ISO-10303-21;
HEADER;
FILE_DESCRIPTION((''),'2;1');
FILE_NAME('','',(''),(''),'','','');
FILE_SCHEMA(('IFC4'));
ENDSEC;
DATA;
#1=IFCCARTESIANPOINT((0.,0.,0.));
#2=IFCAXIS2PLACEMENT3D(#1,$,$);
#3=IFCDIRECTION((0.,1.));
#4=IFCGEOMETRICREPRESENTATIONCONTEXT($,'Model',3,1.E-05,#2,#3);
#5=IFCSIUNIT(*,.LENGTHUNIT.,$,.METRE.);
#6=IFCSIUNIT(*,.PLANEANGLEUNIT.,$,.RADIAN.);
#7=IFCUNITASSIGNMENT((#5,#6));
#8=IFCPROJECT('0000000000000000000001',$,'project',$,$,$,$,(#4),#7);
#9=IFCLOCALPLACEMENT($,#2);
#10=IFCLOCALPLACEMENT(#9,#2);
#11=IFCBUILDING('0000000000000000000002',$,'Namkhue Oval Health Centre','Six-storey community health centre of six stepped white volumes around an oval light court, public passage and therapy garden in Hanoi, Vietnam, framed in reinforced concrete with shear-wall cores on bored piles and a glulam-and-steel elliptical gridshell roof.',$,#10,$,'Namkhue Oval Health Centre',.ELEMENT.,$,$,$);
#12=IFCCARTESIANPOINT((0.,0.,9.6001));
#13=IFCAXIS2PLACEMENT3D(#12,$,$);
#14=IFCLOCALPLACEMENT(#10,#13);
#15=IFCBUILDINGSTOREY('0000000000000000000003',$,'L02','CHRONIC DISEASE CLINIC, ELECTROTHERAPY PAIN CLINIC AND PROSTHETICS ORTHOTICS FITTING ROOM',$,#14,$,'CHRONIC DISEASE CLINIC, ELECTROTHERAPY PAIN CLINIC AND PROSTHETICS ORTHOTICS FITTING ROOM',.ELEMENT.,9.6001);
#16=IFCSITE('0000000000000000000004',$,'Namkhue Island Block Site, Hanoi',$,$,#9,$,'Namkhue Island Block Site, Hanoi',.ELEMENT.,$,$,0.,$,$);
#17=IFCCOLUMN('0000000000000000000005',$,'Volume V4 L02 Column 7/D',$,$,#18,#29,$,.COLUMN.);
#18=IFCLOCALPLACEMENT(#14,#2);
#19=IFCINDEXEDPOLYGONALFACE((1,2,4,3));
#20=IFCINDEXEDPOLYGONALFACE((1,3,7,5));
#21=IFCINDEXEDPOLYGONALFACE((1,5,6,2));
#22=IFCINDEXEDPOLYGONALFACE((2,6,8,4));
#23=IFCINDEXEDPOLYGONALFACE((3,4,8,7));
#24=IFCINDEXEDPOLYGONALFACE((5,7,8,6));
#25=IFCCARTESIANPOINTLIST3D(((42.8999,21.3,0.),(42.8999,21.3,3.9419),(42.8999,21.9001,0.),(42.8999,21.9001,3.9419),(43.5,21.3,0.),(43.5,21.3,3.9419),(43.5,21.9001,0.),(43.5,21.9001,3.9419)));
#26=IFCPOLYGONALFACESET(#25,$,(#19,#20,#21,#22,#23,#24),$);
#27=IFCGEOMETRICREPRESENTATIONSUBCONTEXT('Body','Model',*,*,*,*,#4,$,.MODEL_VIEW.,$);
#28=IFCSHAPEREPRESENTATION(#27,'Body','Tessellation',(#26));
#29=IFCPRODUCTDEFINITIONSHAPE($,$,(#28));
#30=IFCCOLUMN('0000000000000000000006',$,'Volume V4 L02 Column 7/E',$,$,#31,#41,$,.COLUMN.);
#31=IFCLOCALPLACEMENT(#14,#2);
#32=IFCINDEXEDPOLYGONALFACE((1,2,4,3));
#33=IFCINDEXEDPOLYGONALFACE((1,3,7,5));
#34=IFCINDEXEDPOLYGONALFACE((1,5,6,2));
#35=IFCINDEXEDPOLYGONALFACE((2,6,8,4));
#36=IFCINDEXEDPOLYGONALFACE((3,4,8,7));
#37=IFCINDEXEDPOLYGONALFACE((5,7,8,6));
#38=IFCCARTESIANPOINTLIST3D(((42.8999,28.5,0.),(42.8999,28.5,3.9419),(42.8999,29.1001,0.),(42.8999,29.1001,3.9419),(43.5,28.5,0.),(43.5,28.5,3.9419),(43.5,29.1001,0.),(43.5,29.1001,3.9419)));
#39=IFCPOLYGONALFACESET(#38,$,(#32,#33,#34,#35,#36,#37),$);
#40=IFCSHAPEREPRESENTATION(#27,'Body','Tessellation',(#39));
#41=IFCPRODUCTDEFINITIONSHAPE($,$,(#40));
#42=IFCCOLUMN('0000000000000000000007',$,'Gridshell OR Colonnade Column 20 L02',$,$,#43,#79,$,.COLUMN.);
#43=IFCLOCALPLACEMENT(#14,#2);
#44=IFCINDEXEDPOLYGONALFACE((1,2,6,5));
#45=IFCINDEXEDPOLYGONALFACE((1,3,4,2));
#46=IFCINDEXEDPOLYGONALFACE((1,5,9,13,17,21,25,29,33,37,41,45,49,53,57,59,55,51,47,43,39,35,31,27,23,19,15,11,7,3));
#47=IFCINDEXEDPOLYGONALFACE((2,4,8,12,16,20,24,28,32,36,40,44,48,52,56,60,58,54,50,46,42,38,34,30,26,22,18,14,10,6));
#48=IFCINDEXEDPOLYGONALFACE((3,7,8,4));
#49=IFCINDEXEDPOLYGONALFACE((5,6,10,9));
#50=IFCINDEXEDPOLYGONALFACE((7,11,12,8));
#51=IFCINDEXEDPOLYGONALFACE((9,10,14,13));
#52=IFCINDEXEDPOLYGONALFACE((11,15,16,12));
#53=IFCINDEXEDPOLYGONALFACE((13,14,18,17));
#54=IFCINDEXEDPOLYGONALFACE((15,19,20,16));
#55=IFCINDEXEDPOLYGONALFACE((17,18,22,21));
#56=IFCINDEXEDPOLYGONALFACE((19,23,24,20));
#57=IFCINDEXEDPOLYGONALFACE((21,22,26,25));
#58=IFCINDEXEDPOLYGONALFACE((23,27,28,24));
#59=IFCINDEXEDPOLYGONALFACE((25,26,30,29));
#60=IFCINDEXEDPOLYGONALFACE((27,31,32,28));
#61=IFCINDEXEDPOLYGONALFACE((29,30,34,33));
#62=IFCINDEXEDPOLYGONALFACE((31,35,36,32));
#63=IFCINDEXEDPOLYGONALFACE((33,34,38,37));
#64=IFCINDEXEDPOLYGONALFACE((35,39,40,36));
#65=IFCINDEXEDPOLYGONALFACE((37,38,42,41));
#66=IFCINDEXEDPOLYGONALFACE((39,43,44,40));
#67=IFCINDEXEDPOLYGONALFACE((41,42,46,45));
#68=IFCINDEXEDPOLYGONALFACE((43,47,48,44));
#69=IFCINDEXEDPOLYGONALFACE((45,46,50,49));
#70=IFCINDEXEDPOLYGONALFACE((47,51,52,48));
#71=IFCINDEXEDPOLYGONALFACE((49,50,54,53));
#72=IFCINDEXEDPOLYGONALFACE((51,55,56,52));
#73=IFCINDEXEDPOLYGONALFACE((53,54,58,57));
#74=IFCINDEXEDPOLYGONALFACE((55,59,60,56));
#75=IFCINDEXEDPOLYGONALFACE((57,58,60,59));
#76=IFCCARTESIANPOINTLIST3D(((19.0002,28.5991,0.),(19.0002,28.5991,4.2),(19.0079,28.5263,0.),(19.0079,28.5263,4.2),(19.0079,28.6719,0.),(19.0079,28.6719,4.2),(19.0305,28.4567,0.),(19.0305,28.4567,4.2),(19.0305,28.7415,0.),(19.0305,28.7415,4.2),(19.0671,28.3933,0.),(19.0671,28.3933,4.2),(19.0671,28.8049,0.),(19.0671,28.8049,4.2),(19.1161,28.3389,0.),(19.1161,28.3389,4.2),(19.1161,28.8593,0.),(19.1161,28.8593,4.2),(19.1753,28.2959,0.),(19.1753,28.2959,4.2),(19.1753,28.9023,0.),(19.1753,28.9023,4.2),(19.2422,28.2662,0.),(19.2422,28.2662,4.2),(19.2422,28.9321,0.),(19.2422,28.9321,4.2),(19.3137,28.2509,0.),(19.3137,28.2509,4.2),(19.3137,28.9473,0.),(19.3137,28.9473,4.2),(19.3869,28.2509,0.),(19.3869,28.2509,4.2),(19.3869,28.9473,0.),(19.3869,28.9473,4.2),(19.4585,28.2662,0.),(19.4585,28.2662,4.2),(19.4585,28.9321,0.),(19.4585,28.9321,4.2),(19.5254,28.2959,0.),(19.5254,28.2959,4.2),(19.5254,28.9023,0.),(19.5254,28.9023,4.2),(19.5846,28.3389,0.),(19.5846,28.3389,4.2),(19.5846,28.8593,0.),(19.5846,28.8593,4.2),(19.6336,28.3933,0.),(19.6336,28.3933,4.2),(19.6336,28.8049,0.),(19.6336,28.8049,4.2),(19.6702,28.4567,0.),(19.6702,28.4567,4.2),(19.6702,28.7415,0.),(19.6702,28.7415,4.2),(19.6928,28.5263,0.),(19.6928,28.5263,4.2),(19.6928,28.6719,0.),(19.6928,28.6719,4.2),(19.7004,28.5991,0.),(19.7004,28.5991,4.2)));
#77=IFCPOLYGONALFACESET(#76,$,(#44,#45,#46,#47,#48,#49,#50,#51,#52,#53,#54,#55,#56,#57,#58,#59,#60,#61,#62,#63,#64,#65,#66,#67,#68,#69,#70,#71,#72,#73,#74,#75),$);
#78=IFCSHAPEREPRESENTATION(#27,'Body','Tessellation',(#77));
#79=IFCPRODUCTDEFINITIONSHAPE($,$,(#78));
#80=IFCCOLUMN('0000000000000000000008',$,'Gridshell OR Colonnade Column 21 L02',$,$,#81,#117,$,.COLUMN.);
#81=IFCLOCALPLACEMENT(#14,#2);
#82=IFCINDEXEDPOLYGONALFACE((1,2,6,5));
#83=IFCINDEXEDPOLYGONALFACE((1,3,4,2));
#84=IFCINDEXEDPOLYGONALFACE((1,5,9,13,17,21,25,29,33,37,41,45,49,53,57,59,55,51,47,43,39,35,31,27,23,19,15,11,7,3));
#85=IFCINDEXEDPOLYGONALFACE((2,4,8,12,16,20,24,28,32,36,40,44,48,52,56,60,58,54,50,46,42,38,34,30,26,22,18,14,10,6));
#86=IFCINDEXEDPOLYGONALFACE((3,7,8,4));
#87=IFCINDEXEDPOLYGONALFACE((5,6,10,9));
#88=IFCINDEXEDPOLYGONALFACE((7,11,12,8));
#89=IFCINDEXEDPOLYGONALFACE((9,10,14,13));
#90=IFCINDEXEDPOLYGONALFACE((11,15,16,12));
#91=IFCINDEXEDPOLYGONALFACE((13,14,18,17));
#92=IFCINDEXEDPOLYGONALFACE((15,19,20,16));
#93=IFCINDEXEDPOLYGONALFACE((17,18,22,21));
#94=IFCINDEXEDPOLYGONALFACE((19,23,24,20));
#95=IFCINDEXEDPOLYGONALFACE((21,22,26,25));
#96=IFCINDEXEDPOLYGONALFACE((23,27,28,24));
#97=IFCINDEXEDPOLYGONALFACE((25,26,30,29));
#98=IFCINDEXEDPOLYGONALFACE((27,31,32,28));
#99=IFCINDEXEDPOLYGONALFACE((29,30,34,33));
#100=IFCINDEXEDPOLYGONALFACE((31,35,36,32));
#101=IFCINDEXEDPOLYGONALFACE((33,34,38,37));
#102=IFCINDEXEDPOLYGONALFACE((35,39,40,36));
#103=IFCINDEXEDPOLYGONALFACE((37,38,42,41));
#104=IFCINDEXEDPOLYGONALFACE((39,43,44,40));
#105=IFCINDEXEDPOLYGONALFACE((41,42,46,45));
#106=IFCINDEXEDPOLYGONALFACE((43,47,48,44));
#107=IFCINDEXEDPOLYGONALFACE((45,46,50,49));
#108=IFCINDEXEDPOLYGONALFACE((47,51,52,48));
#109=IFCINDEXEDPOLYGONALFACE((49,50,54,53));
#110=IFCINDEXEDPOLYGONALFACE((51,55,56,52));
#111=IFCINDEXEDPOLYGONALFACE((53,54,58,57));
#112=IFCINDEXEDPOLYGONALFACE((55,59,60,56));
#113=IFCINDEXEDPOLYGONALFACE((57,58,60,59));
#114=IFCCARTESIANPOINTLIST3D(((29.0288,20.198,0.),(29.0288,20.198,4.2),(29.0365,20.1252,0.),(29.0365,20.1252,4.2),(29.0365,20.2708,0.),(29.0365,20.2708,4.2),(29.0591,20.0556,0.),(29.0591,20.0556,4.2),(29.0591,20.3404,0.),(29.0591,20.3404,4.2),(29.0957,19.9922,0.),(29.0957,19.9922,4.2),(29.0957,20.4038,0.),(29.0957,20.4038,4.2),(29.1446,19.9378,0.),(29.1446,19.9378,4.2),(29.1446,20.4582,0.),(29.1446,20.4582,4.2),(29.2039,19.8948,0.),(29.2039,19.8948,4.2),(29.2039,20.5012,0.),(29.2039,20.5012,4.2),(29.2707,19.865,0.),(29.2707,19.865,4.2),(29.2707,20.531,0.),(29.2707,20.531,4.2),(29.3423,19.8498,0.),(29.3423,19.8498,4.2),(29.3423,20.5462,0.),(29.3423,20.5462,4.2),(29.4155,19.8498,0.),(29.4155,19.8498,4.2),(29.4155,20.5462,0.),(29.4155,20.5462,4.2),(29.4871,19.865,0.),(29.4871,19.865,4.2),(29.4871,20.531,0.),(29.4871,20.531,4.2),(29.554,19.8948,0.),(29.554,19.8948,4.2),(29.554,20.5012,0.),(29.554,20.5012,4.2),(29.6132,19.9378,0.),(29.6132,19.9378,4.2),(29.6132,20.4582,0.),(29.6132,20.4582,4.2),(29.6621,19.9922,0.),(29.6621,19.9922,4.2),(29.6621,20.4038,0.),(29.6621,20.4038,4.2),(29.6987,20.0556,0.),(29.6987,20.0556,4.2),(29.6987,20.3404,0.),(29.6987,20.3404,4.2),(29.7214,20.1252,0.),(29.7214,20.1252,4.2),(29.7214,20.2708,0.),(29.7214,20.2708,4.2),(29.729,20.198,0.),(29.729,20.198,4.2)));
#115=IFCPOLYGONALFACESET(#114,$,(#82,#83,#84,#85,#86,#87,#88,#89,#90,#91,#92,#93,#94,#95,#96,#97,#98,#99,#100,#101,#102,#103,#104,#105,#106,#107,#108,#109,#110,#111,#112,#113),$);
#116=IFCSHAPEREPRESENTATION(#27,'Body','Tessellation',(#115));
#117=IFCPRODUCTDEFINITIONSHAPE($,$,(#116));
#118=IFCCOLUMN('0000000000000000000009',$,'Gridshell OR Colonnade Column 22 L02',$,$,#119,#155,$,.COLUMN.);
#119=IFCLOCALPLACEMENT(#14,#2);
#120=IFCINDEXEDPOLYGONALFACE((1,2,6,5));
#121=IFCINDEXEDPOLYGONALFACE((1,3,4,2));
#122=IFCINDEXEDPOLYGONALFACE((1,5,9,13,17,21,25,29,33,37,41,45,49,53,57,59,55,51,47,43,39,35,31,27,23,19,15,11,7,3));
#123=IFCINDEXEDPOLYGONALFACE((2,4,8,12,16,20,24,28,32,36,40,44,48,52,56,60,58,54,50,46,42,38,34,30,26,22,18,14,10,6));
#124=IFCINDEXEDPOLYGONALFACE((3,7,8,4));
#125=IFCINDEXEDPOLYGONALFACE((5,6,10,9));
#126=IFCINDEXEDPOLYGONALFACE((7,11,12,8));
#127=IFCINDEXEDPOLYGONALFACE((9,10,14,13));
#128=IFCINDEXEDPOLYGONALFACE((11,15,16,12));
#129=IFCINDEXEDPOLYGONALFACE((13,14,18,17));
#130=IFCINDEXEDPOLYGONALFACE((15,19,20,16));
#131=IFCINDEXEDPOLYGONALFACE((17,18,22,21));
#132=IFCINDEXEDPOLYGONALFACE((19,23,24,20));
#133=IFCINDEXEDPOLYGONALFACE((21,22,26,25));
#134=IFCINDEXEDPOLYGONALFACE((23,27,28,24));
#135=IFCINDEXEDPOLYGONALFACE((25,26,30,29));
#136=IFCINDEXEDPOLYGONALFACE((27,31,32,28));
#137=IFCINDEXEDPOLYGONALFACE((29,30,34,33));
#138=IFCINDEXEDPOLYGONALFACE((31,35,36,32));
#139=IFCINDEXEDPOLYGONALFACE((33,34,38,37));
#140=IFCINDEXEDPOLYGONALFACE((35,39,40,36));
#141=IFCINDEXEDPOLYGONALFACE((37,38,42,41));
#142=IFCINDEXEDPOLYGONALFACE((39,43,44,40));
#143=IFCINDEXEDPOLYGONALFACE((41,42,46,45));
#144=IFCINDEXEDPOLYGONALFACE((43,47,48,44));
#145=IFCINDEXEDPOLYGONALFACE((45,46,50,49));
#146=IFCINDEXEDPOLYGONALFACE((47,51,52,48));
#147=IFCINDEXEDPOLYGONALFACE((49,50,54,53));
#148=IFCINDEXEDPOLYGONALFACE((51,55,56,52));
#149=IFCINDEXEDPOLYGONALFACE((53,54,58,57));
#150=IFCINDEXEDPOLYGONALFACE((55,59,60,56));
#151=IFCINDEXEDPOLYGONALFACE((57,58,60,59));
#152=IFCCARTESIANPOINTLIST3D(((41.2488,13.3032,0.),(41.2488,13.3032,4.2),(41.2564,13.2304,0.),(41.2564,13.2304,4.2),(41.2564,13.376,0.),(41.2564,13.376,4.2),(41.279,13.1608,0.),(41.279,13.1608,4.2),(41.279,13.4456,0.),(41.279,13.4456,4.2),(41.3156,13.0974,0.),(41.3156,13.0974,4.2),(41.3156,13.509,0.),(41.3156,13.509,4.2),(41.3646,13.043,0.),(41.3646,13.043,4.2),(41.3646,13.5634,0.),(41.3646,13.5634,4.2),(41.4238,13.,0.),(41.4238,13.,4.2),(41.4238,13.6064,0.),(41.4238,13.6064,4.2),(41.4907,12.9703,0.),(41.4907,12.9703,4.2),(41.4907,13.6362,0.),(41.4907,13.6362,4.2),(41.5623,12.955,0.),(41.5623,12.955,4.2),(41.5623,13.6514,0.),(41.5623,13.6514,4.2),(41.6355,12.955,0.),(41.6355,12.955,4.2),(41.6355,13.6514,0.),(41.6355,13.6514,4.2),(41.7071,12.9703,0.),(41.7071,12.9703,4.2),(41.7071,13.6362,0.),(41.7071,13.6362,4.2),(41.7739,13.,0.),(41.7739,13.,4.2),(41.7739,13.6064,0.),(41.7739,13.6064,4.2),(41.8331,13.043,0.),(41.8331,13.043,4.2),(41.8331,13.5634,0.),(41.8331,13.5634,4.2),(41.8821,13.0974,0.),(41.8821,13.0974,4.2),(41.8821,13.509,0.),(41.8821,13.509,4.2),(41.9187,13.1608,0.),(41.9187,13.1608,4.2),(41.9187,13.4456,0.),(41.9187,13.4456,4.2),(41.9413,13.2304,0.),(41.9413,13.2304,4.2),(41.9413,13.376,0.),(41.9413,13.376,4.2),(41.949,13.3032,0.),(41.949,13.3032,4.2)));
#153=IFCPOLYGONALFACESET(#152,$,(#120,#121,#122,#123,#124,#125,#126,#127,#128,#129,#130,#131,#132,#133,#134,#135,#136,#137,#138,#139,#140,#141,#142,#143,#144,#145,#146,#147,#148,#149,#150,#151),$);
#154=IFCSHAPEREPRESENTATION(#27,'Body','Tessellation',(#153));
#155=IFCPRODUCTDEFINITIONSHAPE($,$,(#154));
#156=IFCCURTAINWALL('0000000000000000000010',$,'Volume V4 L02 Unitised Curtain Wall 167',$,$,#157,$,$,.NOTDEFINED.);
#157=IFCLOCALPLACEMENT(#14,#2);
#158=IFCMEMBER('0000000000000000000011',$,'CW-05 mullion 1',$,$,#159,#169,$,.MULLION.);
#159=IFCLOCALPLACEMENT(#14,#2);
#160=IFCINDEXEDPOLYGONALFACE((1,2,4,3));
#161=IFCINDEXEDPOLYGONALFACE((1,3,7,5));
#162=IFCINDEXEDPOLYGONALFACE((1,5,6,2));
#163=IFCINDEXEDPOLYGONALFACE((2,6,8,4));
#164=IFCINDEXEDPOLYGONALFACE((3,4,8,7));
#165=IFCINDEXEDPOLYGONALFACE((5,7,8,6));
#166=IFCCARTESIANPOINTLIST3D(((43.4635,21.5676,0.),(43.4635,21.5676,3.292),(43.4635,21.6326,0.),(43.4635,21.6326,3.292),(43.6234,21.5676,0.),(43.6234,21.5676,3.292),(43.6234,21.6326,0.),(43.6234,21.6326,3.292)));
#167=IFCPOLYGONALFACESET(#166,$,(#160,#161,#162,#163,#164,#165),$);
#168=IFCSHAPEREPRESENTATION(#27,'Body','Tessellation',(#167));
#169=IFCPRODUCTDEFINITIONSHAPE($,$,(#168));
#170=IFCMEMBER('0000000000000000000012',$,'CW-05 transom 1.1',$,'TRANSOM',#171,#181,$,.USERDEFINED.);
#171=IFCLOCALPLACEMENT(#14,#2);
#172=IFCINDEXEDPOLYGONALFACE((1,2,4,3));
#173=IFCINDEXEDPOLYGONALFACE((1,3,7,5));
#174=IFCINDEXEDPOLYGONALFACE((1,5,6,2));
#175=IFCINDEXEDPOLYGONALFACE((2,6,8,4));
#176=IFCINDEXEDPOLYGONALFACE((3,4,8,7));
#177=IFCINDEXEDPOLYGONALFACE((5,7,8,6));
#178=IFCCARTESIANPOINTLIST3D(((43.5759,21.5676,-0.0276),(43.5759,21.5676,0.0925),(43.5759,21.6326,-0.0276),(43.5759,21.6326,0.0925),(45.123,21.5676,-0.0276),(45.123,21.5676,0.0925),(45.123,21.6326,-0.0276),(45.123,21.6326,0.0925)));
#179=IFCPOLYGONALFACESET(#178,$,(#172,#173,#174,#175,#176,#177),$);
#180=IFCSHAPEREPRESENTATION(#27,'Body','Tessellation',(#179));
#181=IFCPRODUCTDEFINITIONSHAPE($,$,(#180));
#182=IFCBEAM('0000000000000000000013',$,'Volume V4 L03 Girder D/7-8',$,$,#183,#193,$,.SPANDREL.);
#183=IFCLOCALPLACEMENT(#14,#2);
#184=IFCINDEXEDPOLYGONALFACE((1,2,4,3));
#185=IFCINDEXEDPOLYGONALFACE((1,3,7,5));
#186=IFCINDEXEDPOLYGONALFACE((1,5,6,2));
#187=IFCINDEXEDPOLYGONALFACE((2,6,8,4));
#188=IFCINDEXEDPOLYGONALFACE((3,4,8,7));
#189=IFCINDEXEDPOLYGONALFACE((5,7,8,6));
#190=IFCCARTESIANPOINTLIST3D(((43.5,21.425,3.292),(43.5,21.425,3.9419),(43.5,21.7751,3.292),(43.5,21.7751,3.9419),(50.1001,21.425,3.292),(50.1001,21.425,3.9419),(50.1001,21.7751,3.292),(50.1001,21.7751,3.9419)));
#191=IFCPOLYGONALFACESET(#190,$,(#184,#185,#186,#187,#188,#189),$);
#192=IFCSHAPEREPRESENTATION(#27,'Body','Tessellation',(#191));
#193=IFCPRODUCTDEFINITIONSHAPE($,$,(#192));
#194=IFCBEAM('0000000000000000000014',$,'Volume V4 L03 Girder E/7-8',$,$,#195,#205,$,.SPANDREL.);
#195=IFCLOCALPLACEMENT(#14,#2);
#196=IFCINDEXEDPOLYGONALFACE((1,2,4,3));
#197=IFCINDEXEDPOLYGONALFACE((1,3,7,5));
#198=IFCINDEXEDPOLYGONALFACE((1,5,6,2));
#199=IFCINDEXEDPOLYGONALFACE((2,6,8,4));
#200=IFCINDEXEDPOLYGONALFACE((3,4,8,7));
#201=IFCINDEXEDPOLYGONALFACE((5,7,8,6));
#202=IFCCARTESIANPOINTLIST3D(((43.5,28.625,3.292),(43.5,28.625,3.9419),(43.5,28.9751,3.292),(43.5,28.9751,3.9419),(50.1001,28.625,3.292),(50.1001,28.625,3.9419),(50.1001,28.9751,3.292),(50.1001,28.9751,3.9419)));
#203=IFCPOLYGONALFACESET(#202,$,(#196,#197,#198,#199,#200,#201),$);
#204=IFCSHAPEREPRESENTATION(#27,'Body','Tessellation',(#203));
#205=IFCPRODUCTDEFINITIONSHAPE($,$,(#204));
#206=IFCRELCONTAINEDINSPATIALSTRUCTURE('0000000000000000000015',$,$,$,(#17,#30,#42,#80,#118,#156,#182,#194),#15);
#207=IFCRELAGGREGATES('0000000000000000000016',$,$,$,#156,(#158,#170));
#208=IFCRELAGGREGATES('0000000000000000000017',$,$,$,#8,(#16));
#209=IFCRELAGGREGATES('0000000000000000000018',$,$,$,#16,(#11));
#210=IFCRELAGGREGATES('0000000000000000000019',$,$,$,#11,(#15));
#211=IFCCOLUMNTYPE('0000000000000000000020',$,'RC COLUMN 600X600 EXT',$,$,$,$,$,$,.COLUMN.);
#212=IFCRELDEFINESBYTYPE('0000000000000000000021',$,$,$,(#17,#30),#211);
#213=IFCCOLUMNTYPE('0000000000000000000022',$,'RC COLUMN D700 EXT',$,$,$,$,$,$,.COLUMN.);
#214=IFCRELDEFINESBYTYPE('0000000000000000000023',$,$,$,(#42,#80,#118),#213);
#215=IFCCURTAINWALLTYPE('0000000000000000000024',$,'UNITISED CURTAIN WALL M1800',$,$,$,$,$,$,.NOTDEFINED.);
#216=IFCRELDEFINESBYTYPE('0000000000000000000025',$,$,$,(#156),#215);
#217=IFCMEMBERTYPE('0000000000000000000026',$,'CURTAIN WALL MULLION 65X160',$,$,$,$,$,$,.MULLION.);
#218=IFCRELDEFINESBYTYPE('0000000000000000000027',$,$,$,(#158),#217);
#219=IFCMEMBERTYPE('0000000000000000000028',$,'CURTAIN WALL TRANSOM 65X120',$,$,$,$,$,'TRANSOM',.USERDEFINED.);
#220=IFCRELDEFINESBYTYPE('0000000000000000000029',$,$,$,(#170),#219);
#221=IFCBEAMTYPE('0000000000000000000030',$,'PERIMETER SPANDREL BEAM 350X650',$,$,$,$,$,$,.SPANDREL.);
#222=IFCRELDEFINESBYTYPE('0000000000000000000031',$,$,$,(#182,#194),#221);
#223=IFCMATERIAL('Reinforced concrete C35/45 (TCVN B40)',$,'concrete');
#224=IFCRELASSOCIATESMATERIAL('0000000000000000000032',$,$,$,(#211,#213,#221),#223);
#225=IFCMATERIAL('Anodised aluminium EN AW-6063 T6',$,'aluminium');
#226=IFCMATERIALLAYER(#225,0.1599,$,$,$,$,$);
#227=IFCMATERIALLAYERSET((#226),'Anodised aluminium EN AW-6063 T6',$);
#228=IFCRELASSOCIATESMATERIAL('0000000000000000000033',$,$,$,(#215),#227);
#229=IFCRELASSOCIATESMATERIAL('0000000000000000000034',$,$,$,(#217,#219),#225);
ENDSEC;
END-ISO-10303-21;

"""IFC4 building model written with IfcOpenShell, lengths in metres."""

from ifc_helpers import new_model, si_unit, direction, frame, origin, origin_2d, place, context, subcontext, project, spatial, rectangle, circle, extrude, material, layer, layer_set, material_profile, profile_set, type_object, element, aggregate, save


model = new_model("IFC4")

# Units and contexts
model_context = context("Model", 3, precision=1e-05, world=origin(), true_north=direction((0.0, 1.0)))
body_context = subcontext(model_context, "Body", "Model", "MODEL_VIEW")
ifc_project = project(units=[si_unit("LENGTHUNIT", "METRE"), si_unit("PLANEANGLEUNIT", "RADIAN")], contexts=[model_context])

# Site, building, storey
site_placement = place(None, origin())
site = spatial("IfcSite", under=ifc_project, at=site_placement, Name="Namkhue Island Block Site, Hanoi", LongName="Namkhue Island Block Site, Hanoi", CompositionType="ELEMENT", RefElevation=0.0)
building_placement = place(site_placement, origin())
building = spatial("IfcBuilding", under=site, at=building_placement, Name="Namkhue Oval Health Centre", Description="Six-storey community health centre of six stepped white volumes around an oval light court, public passage and therapy garden in Hanoi, Vietnam, framed in reinforced concrete with shear-wall cores on bored piles and a glulam-and-steel elliptical gridshell roof.", LongName="Namkhue Oval Health Centre", CompositionType="ELEMENT")
storey_placement = place(building_placement, frame((0.0, 0.0, 9.6001)))
storey = spatial("IfcBuildingStorey", under=building, at=storey_placement, Name="L02", Description="CHRONIC DISEASE CLINIC, ELECTROTHERAPY PAIN CLINIC AND PROSTHETICS ORTHOTICS FITTING ROOM", LongName="CHRONIC DISEASE CLINIC, ELECTROTHERAPY PAIN CLINIC AND PROSTHETICS ORTHOTICS FITTING ROOM", CompositionType="ELEMENT", Elevation=9.6001)

# Columns
ifc_material_1 = material(Name="Reinforced concrete C35/45 (TCVN B40)", Category="concrete")
ifc_material_profile_1 = material_profile(ifc_material_1, rectangle(XDim=0.6001, YDim=0.6001, at=origin_2d()), Name="RC 600x600")
ifc_profile_set_1 = profile_set([ifc_material_profile_1], Name="Reinforced concrete C35/45 (TCVN B40)")
column_type_1 = type_object("IfcColumnType", Name="RC COLUMN 600X600 EXT", PredefinedType="COLUMN", material=ifc_profile_set_1)
for number, where, z_axis, x_axis, name in (
    (1, (43.2, 21.6001, 0.0), (0.0, 0.0, 1.0), (1.0, 0.0, 0.0), "Volume V4 L02 Column 7/D"),
    (2, (43.2, 28.8, 0.0), (0.0, 0.0, 1.0), (1.0, 0.0, 0.0), "Volume V4 L02 Column 7/E"),
):
    element("IfcColumn", number, at=place(storey_placement, frame(where, z_axis=z_axis, x_axis=x_axis)), inside=storey, type_object=column_type_1, Name=name, PredefinedType="COLUMN", context=body_context, shape_type="SweptSolid", body=[
        extrude(rectangle(XDim=0.6001, YDim=0.6001, at=origin_2d()), origin(), (0.0, 0.0, 1.0), 3.9419),
    ])
ifc_material_profile_2 = material_profile(ifc_material_1, circle(Radius=0.3501, at=origin_2d()), Name="RC D700")
ifc_profile_set_2 = profile_set([ifc_material_profile_2], Name="Reinforced concrete C35/45 (TCVN B40)")
column_type_2 = type_object("IfcColumnType", Name="RC COLUMN D700 EXT", PredefinedType="COLUMN", material=ifc_profile_set_2)
for number, where, z_axis, x_axis, name in (
    (3, (19.3503, 28.5991, 0.0), (0.0, 0.0, 1.0), (1.0, 0.0, 0.0), "Gridshell OR Colonnade Column 20 L02"),
    (4, (29.3789, 20.198, 0.0), (0.0, 0.0, 1.0), (1.0, 0.0, 0.0), "Gridshell OR Colonnade Column 21 L02"),
    (5, (41.5989, 13.3032, 0.0), (0.0, 0.0, 1.0), (1.0, 0.0, 0.0), "Gridshell OR Colonnade Column 22 L02"),
):
    element("IfcColumn", number, at=place(storey_placement, frame(where, z_axis=z_axis, x_axis=x_axis)), inside=storey, type_object=column_type_2, Name=name, PredefinedType="COLUMN", context=body_context, shape_type="SweptSolid", body=[
        extrude(circle(Radius=0.3501, at=origin_2d()), origin(), (0.0, 0.0, 1.0), 4.2),
    ])

# Curtain wall, members
ifc_material_2 = material(Name="Anodised aluminium EN AW-6063 T6", Category="aluminium")
ifc_layer_1 = layer(ifc_material_2, 0.1599)
ifc_layer_set_1 = layer_set([ifc_layer_1], Name="Anodised aluminium EN AW-6063 T6")
curtain_wall_type = type_object("IfcCurtainWallType", Name="UNITISED CURTAIN WALL M1800", PredefinedType="NOTDEFINED", material=ifc_layer_set_1)
curtain_wall_placement = place(storey_placement, origin())
curtain_wall = element("IfcCurtainWall", 6, at=curtain_wall_placement, inside=storey, type_object=curtain_wall_type, Name="Volume V4 L02 Unitised Curtain Wall 167", PredefinedType="NOTDEFINED")
ifc_material_profile_3 = material_profile(ifc_material_2, rectangle(XDim=0.0649, YDim=0.1599, at=origin_2d()), Name="ALU 65x160")
ifc_profile_set_3 = profile_set([ifc_material_profile_3], Name="Anodised aluminium EN AW-6063 T6")
member_type_1 = type_object("IfcMemberType", Name="CURTAIN WALL MULLION 65X160", PredefinedType="MULLION", material=ifc_profile_set_3)
member_1_placement = place(storey_placement, frame((43.5435, 21.6001, 0.0), z_axis=(0.0, 0.0, 1.0), x_axis=(0.0, 1.0, 0.0)))
member_1 = element("IfcMember", 7, at=member_1_placement, type_object=member_type_1, Name="CW-05 mullion 1", PredefinedType="MULLION", context=body_context, shape_type="SweptSolid", body=[
    extrude(rectangle(XDim=0.0649, YDim=0.1599, at=origin_2d()), origin(), (0.0, 0.0, 1.0), 3.292),
])
ifc_material_profile_4 = material_profile(ifc_material_2, rectangle(XDim=0.0649, YDim=0.1201, at=origin_2d()), Name="ALU 65x120")
ifc_profile_set_4 = profile_set([ifc_material_profile_4], Name="Anodised aluminium EN AW-6063 T6")
member_type_2 = type_object("IfcMemberType", Name="CURTAIN WALL TRANSOM 65X120", ElementType="TRANSOM", PredefinedType="USERDEFINED", material=ifc_profile_set_4)
member_2_placement = place(storey_placement, frame((43.5759, 21.6001, 0.0325), z_axis=(1.0, 0.0, 0.0), x_axis=(0.0, 1.0, 0.0)))
member_2 = element("IfcMember", 8, at=member_2_placement, type_object=member_type_2, Name="CW-05 transom 1.1", ObjectType="TRANSOM", PredefinedType="USERDEFINED", context=body_context, shape_type="SweptSolid", body=[
    extrude(rectangle(XDim=0.0649, YDim=0.1201, at=origin_2d()), origin(), (0.0, 0.0, 1.0), 1.5471),
])
aggregate(curtain_wall, [member_1, member_2])

# Beams
ifc_material_profile_5 = material_profile(ifc_material_1, rectangle(XDim=0.3501, YDim=0.6499, at=origin_2d()), Name="RC 350x650")
ifc_profile_set_5 = profile_set([ifc_material_profile_5], Name="Reinforced concrete C35/45 (TCVN B40)")
beam_type_1 = type_object("IfcBeamType", Name="PERIMETER SPANDREL BEAM 350X650", PredefinedType="SPANDREL", material=ifc_profile_set_5)
for number, where, z_axis, x_axis, name in (
    (9, (43.5, 21.6001, 3.6169), (1.0, 0.0, 0.0), (0.0, 1.0, 0.0), "Volume V4 L03 Girder D/7-8"),
    (10, (43.5, 28.8, 3.6169), (1.0, 0.0, 0.0), (0.0, 1.0, 0.0), "Volume V4 L03 Girder E/7-8"),
):
    element("IfcBeam", number, at=place(storey_placement, frame(where, z_axis=z_axis, x_axis=x_axis)), inside=storey, type_object=beam_type_1, Name=name, PredefinedType="SPANDREL", context=body_context, shape_type="SweptSolid", body=[
        extrude(rectangle(XDim=0.3501, YDim=0.6499, at=origin_2d()), origin(), (0.0, 0.0, 1.0), 6.6001),
    ])

save(model, "model.ifc")
